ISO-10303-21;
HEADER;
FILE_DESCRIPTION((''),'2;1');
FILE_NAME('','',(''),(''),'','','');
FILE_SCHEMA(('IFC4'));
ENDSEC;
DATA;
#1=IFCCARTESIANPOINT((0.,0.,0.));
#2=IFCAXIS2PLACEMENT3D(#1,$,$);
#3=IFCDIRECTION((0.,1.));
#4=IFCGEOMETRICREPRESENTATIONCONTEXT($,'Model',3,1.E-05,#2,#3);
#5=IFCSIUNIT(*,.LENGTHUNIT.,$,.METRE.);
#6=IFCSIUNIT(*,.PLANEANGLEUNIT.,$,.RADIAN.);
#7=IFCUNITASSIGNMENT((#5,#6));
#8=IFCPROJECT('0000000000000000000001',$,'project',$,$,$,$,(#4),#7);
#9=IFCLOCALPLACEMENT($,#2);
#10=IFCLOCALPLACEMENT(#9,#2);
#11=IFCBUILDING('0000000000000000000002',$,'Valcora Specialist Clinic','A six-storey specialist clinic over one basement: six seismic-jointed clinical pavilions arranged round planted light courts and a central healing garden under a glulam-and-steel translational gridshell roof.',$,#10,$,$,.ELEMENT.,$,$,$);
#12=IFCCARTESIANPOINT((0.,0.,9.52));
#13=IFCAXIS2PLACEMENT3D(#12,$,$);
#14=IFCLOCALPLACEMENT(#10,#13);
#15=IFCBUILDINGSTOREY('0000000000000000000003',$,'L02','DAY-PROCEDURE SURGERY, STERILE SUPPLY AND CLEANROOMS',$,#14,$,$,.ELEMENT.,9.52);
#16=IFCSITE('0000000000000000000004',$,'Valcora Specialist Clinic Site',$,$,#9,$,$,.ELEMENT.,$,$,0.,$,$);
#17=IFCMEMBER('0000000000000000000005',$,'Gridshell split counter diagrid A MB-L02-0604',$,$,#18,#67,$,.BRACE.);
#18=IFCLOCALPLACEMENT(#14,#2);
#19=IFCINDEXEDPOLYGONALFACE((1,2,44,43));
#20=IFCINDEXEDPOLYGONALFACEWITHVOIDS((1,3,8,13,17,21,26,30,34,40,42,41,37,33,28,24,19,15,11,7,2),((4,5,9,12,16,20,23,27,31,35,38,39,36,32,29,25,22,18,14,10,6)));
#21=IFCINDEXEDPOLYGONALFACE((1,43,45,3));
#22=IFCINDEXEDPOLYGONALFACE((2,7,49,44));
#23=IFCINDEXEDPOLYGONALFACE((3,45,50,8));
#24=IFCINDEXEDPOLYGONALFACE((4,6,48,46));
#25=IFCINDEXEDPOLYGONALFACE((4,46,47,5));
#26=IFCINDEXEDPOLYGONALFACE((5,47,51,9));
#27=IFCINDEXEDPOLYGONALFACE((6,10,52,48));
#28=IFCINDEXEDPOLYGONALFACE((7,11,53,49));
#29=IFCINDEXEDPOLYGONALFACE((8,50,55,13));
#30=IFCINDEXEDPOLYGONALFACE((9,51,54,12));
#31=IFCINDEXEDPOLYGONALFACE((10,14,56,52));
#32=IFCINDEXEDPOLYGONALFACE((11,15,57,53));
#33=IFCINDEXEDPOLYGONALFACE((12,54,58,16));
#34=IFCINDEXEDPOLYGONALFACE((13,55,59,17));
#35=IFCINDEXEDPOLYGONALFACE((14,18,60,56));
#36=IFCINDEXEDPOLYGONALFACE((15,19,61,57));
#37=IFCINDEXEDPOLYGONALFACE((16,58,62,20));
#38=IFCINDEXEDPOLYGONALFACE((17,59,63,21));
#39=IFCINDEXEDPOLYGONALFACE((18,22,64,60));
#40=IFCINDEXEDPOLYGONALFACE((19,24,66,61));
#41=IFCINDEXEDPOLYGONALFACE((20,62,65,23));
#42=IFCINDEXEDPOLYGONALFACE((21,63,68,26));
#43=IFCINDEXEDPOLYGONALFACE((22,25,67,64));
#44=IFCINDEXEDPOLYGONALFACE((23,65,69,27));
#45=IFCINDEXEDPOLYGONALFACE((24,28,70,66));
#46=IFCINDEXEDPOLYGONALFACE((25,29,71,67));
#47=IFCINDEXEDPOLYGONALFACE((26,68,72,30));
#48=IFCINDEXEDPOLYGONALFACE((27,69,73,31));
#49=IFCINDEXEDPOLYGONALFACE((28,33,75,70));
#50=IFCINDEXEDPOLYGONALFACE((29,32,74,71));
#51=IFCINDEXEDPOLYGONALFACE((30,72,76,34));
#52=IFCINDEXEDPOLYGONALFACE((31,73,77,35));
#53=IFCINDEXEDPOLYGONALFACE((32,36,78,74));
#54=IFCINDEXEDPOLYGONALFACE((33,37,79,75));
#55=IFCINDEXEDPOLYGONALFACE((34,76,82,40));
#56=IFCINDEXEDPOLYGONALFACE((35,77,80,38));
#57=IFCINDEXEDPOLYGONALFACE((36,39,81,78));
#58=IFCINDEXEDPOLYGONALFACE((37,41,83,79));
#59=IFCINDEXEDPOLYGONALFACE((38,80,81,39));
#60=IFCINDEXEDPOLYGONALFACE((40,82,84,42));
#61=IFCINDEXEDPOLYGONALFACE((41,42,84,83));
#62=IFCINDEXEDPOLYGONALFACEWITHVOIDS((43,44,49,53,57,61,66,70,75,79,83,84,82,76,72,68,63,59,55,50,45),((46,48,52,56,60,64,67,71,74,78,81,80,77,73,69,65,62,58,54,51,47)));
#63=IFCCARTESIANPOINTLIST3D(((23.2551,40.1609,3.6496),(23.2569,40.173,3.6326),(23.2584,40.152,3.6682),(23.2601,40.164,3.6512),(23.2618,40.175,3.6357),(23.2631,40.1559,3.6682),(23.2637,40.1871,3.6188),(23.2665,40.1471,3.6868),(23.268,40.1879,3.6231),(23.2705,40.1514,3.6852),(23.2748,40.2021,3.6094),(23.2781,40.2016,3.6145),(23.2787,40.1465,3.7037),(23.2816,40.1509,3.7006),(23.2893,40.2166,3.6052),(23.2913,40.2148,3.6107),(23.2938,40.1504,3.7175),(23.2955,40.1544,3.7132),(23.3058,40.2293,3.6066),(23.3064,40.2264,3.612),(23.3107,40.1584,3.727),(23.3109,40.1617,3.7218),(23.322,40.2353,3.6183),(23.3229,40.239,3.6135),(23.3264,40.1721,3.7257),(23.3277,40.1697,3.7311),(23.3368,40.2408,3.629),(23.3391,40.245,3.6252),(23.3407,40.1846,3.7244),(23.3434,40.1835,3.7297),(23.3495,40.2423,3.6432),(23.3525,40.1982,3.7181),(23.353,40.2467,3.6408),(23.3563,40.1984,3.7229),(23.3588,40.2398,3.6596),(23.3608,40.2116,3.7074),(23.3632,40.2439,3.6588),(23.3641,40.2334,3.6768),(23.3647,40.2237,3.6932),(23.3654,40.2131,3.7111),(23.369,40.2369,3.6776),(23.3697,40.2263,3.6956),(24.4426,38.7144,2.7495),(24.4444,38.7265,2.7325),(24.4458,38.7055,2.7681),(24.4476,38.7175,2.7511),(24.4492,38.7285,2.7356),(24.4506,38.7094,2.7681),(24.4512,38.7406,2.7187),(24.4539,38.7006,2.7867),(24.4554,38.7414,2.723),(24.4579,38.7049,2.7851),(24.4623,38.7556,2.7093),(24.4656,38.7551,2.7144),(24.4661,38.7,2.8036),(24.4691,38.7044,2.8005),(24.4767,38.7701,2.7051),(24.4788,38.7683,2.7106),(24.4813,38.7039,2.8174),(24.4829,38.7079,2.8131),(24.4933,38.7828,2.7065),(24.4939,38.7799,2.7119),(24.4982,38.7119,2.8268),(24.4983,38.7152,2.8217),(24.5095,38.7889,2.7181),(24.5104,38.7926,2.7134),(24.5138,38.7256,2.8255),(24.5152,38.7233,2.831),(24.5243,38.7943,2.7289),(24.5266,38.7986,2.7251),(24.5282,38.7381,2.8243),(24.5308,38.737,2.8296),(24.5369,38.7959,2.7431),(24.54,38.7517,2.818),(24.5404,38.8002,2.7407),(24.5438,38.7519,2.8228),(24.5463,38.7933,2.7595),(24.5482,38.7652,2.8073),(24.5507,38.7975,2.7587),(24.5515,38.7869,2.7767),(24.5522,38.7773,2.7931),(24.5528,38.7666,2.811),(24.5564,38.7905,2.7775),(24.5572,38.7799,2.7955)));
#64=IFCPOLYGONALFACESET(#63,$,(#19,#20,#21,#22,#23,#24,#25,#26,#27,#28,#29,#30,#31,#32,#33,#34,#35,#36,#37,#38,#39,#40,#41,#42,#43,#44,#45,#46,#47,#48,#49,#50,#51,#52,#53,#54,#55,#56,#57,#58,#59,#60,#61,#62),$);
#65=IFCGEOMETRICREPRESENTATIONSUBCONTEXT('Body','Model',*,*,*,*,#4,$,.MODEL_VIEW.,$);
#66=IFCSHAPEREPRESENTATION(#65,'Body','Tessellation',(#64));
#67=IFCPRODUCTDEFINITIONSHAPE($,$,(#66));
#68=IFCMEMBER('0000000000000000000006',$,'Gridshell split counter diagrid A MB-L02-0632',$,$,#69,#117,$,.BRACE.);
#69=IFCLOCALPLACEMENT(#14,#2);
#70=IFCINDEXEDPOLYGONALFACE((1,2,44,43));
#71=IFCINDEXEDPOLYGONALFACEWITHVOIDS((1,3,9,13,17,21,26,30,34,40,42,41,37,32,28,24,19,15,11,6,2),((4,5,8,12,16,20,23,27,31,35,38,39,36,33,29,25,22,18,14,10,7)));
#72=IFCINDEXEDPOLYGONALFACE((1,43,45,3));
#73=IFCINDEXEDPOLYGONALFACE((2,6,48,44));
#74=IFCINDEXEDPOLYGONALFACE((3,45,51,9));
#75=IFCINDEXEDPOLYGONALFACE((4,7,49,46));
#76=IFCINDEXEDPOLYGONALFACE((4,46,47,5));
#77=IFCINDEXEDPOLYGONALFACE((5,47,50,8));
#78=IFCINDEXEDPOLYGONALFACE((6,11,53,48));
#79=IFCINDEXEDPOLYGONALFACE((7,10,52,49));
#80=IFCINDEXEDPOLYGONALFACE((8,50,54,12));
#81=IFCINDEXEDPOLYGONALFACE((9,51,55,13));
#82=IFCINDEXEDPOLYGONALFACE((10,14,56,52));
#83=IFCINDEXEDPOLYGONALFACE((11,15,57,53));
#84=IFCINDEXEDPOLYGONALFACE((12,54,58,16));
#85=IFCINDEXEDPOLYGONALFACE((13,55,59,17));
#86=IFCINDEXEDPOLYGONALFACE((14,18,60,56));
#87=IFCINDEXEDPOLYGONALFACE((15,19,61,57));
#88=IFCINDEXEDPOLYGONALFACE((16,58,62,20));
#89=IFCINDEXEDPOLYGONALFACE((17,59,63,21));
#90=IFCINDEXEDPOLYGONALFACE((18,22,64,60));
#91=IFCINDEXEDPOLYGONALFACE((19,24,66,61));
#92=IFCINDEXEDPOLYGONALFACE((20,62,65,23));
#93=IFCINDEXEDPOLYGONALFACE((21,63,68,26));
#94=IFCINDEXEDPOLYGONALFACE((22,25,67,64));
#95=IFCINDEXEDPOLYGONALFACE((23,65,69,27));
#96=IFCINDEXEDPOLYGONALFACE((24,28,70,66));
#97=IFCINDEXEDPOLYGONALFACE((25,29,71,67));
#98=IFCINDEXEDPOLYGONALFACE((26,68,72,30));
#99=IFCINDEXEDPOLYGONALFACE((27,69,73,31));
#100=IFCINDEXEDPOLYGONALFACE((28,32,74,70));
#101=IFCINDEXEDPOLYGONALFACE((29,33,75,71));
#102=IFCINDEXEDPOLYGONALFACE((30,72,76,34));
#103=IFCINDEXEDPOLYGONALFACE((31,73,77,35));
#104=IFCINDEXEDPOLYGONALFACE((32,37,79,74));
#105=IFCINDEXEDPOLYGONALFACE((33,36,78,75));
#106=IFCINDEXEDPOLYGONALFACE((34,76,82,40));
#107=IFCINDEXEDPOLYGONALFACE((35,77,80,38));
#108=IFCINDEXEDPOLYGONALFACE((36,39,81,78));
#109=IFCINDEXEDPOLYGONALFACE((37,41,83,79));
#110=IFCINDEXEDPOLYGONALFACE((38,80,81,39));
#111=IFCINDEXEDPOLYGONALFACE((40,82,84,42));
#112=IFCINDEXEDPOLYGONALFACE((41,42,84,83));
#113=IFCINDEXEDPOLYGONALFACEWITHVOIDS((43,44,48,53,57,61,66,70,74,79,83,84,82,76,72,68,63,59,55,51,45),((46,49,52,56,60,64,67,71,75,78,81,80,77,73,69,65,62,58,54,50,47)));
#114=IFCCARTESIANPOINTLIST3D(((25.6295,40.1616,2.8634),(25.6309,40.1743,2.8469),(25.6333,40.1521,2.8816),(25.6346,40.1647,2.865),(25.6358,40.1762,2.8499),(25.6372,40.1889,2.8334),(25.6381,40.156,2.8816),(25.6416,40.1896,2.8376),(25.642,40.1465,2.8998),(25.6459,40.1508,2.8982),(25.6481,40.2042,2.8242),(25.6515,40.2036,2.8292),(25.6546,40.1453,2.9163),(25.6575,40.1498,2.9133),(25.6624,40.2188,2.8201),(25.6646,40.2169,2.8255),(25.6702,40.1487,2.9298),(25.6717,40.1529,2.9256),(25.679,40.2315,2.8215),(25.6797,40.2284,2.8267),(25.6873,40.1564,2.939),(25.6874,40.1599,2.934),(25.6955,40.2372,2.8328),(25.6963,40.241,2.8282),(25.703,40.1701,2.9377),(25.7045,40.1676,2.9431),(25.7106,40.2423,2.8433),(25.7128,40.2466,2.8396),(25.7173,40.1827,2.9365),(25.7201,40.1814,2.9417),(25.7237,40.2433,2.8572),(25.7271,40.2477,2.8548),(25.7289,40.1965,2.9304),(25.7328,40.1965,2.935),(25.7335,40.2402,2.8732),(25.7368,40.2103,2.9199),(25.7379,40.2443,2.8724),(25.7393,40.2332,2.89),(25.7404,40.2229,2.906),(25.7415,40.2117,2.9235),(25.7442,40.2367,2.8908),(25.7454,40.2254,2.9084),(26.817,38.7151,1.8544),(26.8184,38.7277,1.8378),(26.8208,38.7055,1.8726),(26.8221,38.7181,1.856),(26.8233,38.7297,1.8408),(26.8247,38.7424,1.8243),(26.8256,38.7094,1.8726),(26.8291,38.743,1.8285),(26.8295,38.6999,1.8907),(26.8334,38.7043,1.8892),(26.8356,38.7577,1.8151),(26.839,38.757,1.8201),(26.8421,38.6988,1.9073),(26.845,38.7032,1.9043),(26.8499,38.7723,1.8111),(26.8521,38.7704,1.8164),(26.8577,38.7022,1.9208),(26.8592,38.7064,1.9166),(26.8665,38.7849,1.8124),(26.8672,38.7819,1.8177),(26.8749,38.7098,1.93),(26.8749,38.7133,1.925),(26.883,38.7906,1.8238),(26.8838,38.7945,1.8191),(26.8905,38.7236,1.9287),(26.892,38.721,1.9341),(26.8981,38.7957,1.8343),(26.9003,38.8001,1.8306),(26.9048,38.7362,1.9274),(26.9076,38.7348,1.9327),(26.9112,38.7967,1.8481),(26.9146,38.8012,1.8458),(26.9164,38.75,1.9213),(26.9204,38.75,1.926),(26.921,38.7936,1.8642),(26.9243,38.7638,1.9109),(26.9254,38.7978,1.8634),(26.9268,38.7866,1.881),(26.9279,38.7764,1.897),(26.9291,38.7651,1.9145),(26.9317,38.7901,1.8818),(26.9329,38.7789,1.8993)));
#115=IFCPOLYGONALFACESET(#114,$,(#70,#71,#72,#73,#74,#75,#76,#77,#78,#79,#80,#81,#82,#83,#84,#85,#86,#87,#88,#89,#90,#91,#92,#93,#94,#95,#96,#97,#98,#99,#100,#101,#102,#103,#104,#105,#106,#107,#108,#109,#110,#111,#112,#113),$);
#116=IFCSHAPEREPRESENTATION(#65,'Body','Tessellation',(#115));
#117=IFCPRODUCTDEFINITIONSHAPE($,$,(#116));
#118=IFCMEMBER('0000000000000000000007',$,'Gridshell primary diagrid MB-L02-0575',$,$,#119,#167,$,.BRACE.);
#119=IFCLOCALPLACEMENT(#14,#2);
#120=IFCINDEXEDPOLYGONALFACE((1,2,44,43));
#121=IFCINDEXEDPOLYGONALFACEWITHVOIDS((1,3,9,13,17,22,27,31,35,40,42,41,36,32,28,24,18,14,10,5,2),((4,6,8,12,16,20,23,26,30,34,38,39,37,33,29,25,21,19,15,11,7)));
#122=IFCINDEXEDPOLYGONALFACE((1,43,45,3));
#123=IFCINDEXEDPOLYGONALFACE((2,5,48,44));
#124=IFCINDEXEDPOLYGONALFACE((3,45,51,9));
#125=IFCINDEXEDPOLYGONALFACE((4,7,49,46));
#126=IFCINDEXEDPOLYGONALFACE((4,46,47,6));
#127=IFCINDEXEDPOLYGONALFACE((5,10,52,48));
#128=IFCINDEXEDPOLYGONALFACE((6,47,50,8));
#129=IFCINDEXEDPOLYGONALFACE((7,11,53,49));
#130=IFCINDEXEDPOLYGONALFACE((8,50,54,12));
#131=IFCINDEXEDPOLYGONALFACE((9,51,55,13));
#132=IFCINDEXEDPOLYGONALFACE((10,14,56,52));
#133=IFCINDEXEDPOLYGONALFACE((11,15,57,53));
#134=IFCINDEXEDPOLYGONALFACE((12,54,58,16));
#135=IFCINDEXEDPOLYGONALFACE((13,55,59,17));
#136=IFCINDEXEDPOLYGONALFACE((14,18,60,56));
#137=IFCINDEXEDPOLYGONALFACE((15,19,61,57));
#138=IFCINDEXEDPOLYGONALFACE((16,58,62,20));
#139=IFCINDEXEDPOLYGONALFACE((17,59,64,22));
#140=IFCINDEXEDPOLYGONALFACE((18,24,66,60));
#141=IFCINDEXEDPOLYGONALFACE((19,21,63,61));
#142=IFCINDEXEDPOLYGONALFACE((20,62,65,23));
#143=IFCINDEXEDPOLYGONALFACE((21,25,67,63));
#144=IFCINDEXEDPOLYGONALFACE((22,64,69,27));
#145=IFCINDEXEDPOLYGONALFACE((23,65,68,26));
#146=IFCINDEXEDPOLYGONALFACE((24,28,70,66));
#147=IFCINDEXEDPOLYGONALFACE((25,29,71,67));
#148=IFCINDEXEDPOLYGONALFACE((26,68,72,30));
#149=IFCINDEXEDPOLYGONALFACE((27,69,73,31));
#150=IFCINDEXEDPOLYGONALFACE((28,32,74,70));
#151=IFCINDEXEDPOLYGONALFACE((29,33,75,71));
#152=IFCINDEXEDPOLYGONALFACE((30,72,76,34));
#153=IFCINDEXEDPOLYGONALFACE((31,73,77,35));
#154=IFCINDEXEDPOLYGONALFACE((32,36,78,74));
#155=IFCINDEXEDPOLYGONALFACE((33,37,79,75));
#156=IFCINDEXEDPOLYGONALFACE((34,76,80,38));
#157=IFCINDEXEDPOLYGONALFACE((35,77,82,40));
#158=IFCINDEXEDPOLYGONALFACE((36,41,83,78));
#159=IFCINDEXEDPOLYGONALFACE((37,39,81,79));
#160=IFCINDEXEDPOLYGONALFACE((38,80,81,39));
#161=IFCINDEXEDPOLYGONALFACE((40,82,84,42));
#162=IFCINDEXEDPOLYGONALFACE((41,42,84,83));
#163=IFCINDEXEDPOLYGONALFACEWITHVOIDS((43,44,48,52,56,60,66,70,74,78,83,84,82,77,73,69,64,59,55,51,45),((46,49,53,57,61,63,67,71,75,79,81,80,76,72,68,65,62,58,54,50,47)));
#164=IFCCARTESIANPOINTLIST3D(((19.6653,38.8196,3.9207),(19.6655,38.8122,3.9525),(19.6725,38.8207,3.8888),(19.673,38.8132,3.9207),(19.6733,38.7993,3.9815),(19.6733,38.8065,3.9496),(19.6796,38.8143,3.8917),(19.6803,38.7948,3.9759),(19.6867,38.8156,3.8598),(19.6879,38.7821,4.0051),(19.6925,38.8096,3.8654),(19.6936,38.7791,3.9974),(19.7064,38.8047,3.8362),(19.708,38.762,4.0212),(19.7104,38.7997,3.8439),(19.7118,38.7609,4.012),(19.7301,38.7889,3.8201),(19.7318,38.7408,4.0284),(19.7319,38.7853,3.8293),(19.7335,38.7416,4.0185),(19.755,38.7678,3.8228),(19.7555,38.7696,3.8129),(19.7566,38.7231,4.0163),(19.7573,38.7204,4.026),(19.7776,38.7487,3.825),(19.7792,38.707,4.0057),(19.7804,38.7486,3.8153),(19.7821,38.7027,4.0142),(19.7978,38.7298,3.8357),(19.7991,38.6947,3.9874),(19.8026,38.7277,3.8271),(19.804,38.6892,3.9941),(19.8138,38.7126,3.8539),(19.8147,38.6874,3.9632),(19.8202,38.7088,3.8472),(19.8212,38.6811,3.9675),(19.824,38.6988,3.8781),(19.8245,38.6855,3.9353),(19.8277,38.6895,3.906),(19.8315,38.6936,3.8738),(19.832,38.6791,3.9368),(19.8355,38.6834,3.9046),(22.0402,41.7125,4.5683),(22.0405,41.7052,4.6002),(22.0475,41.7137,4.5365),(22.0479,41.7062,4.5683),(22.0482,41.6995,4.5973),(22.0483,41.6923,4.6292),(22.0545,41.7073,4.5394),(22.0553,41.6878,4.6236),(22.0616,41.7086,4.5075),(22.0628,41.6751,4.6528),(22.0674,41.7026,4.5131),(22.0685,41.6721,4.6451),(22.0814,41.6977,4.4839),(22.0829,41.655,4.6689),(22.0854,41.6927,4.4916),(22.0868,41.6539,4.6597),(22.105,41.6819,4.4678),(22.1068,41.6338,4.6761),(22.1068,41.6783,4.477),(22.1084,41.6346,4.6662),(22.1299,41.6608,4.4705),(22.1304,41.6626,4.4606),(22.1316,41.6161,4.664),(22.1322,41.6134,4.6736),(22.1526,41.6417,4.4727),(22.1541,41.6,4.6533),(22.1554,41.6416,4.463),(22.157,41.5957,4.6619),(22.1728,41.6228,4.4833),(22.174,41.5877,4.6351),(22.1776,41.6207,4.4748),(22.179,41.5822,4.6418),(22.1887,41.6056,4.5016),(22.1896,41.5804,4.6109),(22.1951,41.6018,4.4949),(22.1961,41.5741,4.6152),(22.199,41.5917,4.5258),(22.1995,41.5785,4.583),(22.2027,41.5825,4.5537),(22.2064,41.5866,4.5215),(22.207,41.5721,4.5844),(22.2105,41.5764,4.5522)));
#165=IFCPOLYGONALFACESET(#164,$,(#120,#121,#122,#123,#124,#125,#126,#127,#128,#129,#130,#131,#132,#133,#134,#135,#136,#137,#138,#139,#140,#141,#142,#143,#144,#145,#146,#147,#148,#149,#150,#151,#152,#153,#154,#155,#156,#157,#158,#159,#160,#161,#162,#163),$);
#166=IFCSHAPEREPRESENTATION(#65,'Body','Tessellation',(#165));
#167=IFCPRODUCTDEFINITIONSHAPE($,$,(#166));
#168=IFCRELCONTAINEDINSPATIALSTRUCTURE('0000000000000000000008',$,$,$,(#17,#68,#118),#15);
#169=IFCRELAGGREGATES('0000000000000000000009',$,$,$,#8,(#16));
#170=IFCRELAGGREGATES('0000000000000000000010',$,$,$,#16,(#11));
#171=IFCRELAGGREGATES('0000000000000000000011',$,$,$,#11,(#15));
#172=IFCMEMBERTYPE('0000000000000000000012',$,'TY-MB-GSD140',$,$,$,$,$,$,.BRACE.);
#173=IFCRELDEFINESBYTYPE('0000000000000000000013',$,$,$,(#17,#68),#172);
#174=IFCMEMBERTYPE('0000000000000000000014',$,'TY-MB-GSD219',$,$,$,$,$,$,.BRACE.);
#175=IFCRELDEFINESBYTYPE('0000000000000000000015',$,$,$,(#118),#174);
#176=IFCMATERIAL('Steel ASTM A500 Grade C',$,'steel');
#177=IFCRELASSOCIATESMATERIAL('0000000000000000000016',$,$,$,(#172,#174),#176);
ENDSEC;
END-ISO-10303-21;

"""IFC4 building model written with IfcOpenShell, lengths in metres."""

from ifc_helpers import new_model, si_unit, direction, frame, origin, origin_2d, place, context, subcontext, project, spatial, hollow_circle, extrude, material, material_profile, profile_set, type_object, element, save


model = new_model("IFC4")

# Units and contexts
model_context = context("Model", 3, precision=1e-05, world=origin(), true_north=direction((0.0, 1.0)))
body_context = subcontext(model_context, "Body", "Model", "MODEL_VIEW")
ifc_project = project(units=[si_unit("LENGTHUNIT", "METRE"), si_unit("PLANEANGLEUNIT", "RADIAN")], contexts=[model_context])

# Site, building, storey
site_placement = place(None, origin())
site = spatial("IfcSite", under=ifc_project, at=site_placement, Name="Valcora Specialist Clinic Site", CompositionType="ELEMENT", RefElevation=0.0)
building_placement = place(site_placement, origin())
building = spatial("IfcBuilding", under=site, at=building_placement, Name="Valcora Specialist Clinic", Description="A six-storey specialist clinic over one basement: six seismic-jointed clinical pavilions arranged round planted light courts and a central healing garden under a glulam-and-steel translational gridshell roof.", CompositionType="ELEMENT")
storey_placement = place(building_placement, frame((0.0, 0.0, 9.52)))
storey = spatial("IfcBuildingStorey", under=building, at=storey_placement, Name="L02", Description="DAY-PROCEDURE SURGERY, STERILE SUPPLY AND CLEANROOMS", CompositionType="ELEMENT", Elevation=9.52)

# Members
ifc_material_1 = material(Name="Steel ASTM A500 Grade C", Category="steel")
ifc_material_profile_1 = material_profile(ifc_material_1, hollow_circle(Radius=0.0701, WallThickness=0.0061, at=origin_2d()), Name="ST-CHS-140X6")
ifc_profile_set_1 = profile_set([ifc_material_profile_1], Name="Steel ASTM A500 Grade C")
member_type_1 = type_object("IfcMemberType", Name="TY-MB-GSD140", PredefinedType="BRACE", material=ifc_profile_set_1)
member_1_placement = place(storey_placement, frame((24.5, 38.75, 2.7681), z_axis=(-0.571808, 0.696538, 0.433441), x_axis=(-0.772916, -0.634508, 0.0)))
element("IfcMember", 1, at=member_1_placement, inside=storey, type_object=member_type_1, Name="Gridshell split counter diagrid A MB-L02-0604", PredefinedType="BRACE", context=body_context, shape_type="SweptSolid", body=[
    extrude(hollow_circle(Radius=0.0701, WallThickness=0.0061, at=origin_2d()), origin(), (0.0, 0.0, 1.0), 2.0767),
])
member_2_placement = place(storey_placement, frame((26.875, 38.75, 1.8726), z_axis=(-0.558506, 0.680335, 0.474569), x_axis=(-0.772916, -0.634508, 0.0)))
element("IfcMember", 2, at=member_2_placement, inside=storey, type_object=member_type_1, Name="Gridshell split counter diagrid A MB-L02-0632", PredefinedType="BRACE", context=body_context, shape_type="SweptSolid", body=[
    extrude(hollow_circle(Radius=0.0701, WallThickness=0.0061, at=origin_2d()), origin(), (0.0, 0.0, 1.0), 2.1262),
])
ifc_material_profile_2 = material_profile(ifc_material_1, hollow_circle(Radius=0.1096, WallThickness=0.01, at=origin_2d()), Name="ST-CHS-219X10")
ifc_profile_set_2 = profile_set([ifc_material_profile_2], Name="Steel ASTM A500 Grade C")
member_type_2 = type_object("IfcMemberType", Name="TY-MB-GSD219", PredefinedType="BRACE", material=ifc_profile_set_2)
member_3_placement = place(storey_placement, frame((19.75, 38.75, 3.9207), z_axis=(0.625217, 0.761598, 0.170508), x_axis=(-0.772916, 0.634508, 0.0)))
element("IfcMember", 3, at=member_3_placement, inside=storey, type_object=member_type_2, Name="Gridshell primary diagrid MB-L02-0575", PredefinedType="BRACE", context=body_context, shape_type="SweptSolid", body=[
    extrude(hollow_circle(Radius=0.1096, WallThickness=0.01, at=origin_2d()), origin(), (0.0, 0.0, 1.0), 3.7986),
])

save(model, "model.ifc")
